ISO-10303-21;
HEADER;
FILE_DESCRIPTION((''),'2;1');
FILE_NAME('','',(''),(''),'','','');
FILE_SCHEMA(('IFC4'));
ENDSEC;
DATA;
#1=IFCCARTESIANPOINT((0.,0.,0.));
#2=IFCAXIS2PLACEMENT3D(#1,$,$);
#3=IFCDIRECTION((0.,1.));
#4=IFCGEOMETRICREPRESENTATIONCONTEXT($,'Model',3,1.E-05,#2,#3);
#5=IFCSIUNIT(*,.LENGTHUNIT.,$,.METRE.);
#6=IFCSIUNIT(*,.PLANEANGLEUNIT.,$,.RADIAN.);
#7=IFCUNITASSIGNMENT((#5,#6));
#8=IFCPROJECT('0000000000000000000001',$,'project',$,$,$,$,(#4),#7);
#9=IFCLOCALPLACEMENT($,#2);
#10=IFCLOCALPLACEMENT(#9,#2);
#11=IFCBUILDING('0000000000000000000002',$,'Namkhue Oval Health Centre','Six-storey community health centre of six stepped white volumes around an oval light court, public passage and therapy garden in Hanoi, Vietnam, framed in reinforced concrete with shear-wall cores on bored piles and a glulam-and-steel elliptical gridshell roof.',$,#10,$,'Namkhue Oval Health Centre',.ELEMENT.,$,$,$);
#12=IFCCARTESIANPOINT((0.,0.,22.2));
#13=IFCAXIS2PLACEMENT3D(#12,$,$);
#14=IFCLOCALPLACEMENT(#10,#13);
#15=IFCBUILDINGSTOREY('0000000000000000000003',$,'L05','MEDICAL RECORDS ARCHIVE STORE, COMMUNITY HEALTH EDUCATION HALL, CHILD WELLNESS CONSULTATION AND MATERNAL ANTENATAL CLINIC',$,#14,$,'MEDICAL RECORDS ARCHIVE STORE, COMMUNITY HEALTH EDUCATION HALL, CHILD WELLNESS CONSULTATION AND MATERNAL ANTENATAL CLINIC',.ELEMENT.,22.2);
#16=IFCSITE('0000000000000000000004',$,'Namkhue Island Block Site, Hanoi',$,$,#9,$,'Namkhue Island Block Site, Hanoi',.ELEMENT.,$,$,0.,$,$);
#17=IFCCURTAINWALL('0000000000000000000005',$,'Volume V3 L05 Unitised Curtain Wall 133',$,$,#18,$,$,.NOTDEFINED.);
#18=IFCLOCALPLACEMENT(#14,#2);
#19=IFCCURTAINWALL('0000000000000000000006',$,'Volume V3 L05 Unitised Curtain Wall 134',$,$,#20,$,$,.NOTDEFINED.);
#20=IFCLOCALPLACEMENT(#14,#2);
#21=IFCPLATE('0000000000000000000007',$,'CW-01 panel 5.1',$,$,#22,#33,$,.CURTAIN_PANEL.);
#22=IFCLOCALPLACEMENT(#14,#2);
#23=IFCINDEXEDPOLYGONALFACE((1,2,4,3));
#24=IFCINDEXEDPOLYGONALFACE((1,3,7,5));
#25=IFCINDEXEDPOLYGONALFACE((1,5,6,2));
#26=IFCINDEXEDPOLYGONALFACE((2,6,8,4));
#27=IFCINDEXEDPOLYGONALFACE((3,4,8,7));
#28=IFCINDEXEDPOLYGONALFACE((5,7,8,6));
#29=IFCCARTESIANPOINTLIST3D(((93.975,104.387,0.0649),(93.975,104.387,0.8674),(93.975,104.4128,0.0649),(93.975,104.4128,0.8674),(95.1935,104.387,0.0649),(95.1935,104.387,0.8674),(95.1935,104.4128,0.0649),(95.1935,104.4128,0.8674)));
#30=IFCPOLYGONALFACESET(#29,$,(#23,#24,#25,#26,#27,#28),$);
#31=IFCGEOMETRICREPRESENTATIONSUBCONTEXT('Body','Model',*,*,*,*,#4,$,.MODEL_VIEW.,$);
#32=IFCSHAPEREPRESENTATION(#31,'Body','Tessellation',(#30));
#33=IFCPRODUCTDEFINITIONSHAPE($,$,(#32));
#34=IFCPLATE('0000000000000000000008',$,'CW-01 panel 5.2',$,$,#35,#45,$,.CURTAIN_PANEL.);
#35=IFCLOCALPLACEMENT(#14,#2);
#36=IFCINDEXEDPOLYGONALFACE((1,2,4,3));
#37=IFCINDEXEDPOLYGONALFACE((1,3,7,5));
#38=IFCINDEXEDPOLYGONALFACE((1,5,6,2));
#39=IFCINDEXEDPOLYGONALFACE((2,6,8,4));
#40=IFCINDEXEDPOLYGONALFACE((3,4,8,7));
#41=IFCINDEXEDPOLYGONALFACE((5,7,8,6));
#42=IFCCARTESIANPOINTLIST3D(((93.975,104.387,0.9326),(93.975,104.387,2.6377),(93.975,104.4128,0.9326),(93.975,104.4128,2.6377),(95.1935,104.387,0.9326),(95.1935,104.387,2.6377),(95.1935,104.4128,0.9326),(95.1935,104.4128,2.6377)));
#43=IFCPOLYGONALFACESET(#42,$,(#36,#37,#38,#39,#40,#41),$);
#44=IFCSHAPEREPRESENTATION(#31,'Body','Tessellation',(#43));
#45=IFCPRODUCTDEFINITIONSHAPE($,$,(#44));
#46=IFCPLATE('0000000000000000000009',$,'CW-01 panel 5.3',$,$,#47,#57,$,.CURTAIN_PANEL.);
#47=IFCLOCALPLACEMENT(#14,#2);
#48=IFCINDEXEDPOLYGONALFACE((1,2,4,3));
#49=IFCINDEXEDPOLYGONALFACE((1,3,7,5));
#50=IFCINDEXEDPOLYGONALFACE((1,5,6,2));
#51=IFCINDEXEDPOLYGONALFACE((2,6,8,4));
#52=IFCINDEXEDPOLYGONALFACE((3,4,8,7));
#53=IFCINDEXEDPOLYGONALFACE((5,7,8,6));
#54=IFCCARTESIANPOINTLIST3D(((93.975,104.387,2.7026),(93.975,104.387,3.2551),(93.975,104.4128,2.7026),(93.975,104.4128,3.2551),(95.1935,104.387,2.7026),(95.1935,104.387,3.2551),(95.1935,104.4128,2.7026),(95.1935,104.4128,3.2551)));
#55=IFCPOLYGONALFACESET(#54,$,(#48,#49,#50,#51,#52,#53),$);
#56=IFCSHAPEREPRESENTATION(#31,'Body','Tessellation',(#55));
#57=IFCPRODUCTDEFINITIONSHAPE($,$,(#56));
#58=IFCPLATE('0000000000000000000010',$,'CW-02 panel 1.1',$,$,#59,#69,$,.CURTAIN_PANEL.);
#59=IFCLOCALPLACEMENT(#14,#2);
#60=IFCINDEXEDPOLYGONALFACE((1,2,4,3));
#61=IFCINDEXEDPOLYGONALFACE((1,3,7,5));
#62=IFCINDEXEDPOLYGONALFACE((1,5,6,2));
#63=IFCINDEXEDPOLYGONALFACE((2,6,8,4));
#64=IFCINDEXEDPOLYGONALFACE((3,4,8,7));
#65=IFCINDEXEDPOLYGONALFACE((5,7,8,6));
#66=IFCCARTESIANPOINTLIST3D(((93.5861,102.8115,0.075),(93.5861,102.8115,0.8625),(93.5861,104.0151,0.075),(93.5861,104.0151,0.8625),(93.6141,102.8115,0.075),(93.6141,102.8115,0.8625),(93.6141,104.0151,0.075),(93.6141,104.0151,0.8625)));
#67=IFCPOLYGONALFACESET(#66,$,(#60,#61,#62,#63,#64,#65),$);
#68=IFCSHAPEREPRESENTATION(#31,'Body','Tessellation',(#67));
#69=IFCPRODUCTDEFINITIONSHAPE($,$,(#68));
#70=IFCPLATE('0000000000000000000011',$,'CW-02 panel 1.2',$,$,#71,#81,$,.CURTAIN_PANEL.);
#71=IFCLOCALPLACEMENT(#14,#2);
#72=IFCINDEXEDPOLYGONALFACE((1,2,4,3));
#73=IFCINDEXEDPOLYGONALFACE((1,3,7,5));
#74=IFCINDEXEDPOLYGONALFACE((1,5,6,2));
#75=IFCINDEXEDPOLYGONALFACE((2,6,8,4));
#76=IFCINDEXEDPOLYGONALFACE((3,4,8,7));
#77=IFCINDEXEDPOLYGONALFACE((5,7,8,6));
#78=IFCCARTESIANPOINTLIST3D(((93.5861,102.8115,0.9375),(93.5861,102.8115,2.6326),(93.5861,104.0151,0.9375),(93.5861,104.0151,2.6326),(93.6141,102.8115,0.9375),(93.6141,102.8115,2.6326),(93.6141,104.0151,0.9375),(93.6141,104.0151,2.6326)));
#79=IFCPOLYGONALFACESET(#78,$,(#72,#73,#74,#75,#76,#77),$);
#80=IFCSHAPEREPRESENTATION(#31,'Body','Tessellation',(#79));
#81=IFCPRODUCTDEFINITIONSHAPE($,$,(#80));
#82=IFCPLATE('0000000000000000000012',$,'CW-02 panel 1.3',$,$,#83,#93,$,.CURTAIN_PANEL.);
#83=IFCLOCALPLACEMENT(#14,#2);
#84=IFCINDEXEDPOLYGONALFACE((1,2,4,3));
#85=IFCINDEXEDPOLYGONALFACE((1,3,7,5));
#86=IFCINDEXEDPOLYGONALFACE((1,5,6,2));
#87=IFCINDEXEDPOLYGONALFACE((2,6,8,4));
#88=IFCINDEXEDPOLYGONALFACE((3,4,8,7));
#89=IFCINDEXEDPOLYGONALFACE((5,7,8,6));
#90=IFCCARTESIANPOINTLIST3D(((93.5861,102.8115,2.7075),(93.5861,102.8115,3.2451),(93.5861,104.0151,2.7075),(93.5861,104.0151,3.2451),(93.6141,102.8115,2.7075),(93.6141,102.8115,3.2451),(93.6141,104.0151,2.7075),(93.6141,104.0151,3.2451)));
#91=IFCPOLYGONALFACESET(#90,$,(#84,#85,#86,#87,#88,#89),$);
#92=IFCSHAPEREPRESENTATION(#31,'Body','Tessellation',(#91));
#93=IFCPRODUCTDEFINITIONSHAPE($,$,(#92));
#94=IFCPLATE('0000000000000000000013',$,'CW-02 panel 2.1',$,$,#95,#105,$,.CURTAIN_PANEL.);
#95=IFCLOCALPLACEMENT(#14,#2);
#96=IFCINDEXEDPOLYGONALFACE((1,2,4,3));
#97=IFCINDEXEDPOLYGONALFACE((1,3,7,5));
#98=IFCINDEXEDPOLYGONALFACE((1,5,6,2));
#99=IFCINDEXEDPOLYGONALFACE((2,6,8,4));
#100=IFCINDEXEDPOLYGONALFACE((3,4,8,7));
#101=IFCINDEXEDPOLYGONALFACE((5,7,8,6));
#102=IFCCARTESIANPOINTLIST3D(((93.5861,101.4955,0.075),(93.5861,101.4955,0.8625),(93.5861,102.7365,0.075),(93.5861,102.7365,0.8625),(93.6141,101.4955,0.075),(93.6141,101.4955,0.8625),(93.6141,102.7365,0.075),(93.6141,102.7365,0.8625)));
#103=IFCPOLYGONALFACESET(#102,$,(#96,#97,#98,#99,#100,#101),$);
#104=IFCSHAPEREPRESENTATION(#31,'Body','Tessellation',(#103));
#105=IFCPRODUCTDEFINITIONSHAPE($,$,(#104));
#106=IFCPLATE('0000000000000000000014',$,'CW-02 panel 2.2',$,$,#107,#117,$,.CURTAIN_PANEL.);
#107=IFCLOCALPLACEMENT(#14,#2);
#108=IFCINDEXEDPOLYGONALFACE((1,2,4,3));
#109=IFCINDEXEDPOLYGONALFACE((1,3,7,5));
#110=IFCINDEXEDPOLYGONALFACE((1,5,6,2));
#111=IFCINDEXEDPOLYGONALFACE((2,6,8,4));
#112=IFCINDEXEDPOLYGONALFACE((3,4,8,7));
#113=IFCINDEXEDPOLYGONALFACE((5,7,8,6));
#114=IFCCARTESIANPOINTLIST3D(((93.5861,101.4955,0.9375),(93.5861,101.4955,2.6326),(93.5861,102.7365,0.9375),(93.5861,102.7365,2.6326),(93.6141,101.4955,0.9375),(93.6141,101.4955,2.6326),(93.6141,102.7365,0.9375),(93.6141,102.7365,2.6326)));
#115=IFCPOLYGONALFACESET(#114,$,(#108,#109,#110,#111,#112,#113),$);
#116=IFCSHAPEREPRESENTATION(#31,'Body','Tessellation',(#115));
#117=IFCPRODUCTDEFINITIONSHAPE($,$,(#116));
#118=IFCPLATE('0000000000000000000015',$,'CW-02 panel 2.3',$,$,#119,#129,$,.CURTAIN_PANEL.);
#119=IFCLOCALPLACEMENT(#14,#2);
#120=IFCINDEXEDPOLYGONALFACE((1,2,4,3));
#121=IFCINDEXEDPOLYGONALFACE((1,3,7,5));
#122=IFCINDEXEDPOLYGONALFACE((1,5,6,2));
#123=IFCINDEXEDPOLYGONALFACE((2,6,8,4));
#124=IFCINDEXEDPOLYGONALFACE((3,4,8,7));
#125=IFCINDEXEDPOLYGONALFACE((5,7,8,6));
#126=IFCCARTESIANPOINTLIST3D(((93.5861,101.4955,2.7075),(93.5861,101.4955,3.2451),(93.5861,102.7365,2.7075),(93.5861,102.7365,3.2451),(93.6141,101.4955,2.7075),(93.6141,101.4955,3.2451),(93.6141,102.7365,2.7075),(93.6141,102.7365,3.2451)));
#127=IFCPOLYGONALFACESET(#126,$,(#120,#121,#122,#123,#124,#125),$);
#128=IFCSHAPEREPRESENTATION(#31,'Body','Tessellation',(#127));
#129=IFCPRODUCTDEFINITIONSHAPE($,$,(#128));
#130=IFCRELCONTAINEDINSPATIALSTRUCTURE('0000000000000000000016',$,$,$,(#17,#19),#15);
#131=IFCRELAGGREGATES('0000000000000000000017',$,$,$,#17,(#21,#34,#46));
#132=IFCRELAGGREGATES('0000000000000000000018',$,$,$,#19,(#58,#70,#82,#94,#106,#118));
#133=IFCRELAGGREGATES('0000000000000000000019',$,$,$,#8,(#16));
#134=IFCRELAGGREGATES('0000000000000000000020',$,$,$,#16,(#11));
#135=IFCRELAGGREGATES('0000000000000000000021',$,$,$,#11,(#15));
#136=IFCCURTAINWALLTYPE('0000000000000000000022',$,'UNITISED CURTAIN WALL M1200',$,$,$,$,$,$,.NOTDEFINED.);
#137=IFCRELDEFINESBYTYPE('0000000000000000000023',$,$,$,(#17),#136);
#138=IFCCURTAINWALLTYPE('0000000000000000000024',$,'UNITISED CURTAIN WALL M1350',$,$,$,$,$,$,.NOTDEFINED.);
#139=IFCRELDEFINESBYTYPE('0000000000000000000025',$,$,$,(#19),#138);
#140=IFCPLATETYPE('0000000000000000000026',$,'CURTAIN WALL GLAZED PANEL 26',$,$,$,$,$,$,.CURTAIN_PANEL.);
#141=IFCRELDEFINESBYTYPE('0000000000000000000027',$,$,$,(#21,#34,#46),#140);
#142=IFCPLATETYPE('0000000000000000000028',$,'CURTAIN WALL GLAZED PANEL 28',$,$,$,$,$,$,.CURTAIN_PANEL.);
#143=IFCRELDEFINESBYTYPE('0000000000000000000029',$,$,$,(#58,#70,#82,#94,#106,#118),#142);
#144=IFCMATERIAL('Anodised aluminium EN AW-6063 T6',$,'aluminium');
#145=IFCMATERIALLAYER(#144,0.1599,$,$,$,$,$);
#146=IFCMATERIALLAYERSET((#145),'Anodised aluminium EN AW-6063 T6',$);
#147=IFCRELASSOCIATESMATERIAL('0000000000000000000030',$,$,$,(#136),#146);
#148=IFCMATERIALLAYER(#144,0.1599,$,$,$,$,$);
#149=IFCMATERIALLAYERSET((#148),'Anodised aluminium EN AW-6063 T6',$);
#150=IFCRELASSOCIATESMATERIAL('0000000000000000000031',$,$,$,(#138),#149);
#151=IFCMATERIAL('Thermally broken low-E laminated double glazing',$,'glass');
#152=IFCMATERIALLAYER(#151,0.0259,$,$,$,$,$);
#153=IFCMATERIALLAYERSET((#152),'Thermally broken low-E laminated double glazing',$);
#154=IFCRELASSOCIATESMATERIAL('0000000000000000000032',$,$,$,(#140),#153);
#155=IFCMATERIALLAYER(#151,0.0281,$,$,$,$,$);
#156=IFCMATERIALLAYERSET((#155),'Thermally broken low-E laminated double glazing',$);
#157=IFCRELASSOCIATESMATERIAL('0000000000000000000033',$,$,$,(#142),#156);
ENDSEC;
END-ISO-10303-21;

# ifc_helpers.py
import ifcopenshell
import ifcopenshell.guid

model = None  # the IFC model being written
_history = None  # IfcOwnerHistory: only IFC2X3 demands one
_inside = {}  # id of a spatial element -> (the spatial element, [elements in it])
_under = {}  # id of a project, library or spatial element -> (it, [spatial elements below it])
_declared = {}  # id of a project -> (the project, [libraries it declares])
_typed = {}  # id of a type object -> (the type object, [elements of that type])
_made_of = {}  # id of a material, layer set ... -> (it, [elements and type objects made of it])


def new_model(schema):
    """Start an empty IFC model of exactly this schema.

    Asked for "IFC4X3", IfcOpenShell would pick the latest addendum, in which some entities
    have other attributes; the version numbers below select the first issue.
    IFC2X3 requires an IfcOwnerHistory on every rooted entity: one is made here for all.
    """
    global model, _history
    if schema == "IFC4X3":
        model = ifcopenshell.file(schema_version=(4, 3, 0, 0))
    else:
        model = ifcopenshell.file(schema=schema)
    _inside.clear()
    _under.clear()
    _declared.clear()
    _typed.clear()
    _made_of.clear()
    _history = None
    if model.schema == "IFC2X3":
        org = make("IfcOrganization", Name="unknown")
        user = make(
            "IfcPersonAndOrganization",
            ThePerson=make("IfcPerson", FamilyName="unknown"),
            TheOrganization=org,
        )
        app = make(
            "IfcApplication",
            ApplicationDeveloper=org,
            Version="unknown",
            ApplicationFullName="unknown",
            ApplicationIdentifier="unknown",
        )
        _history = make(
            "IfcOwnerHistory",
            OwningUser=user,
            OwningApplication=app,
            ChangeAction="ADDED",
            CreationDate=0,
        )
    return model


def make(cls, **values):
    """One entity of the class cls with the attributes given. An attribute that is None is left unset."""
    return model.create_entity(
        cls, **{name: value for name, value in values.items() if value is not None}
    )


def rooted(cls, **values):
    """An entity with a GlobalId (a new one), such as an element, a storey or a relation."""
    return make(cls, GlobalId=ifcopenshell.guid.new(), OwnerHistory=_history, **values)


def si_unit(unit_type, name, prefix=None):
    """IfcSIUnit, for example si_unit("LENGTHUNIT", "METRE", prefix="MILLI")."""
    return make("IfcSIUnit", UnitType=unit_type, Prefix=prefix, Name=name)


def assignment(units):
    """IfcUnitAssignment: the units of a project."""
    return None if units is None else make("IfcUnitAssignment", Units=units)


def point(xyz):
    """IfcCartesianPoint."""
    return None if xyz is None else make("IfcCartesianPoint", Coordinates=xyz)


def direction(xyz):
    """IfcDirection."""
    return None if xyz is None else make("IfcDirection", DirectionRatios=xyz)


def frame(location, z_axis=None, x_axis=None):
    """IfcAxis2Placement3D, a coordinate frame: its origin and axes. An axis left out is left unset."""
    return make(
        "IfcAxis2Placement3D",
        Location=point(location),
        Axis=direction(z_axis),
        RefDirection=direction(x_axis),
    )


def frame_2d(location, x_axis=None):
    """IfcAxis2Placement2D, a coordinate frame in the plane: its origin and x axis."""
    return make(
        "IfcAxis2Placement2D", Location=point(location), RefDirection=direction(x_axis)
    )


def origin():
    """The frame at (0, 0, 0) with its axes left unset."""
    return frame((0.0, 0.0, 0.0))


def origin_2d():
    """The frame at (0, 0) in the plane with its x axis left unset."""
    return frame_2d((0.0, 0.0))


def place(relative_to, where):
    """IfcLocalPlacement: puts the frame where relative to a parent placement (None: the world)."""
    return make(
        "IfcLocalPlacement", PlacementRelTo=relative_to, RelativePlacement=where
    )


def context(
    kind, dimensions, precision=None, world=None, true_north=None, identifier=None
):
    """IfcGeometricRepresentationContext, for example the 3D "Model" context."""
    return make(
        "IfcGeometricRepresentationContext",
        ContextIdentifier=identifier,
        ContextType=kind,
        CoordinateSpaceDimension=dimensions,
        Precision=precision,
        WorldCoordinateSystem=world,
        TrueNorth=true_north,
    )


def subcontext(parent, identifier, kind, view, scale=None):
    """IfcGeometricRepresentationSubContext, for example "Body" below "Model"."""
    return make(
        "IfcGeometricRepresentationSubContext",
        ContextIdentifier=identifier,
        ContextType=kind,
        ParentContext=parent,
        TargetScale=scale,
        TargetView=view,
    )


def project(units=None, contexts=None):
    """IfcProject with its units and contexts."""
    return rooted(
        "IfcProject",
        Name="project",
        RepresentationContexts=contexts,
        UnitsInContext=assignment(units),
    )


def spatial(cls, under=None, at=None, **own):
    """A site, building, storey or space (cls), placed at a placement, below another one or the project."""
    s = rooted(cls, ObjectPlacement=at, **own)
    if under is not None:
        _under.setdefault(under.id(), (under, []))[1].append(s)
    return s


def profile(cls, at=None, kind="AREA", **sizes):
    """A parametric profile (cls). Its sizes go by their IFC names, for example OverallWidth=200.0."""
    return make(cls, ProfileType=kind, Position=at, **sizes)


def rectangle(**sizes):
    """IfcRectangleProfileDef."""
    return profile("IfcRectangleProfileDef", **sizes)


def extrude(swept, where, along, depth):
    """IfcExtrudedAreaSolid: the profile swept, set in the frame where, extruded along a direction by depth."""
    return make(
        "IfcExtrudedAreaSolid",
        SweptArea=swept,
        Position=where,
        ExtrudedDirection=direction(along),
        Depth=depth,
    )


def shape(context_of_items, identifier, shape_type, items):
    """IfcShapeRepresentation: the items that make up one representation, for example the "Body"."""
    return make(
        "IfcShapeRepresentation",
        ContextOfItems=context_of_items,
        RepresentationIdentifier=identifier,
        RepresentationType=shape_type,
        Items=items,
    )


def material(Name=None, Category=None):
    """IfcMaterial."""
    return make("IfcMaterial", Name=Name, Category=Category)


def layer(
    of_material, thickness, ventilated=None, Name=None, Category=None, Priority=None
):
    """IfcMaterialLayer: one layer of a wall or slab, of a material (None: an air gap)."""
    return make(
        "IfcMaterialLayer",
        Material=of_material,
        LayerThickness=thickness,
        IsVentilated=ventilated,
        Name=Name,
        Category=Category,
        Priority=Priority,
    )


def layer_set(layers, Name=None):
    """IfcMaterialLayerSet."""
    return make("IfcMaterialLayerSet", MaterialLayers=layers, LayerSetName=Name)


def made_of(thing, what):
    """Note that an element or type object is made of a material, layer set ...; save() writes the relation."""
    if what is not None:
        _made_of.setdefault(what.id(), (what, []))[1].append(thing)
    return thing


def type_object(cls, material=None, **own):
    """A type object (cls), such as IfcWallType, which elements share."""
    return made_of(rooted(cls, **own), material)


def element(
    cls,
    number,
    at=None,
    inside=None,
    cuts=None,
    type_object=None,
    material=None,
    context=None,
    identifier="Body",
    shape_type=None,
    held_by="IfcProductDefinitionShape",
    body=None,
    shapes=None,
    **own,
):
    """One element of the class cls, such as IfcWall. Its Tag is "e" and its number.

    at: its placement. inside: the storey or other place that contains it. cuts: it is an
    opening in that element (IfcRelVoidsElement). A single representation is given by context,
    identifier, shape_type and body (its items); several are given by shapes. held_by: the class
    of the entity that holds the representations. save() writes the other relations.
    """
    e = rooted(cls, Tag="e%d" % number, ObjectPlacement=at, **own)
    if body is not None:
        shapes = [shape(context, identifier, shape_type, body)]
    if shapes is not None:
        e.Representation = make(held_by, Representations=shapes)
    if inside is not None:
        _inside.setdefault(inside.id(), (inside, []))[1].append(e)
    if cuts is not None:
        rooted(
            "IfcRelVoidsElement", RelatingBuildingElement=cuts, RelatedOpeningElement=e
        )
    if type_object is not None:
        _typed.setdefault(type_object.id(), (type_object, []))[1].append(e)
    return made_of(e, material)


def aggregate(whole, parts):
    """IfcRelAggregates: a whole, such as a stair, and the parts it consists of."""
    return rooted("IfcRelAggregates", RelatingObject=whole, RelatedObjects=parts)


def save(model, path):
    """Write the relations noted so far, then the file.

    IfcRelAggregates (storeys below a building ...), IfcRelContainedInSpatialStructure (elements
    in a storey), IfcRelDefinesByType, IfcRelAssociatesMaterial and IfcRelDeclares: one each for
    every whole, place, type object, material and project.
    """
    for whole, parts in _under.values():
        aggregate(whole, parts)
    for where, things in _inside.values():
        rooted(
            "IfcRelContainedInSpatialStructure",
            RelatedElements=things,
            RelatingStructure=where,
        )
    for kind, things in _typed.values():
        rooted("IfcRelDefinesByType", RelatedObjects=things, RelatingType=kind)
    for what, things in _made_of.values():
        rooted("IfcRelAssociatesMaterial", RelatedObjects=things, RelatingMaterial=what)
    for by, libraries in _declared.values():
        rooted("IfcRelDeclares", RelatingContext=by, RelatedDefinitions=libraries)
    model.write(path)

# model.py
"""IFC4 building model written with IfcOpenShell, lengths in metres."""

from ifc_helpers import new_model, si_unit, direction, frame, origin, origin_2d, place, context, subcontext, project, spatial, rectangle, extrude, material, layer, layer_set, type_object, element, aggregate, save


model = new_model("IFC4")

# Units and contexts
model_context = context("Model", 3, precision=1e-05, world=origin(), true_north=direction((0.0, 1.0)))
body_context = subcontext(model_context, "Body", "Model", "MODEL_VIEW")
ifc_project = project(units=[si_unit("LENGTHUNIT", "METRE"), si_unit("PLANEANGLEUNIT", "RADIAN")], contexts=[model_context])

# Site, building, storey
site_placement = place(None, origin())
site = spatial("IfcSite", under=ifc_project, at=site_placement, Name="Namkhue Island Block Site, Hanoi", LongName="Namkhue Island Block Site, Hanoi", CompositionType="ELEMENT", RefElevation=0.0)
building_placement = place(site_placement, origin())
building = spatial("IfcBuilding", under=site, at=building_placement, Name="Namkhue Oval Health Centre", Description="Six-storey community health centre of six stepped white volumes around an oval light court, public passage and therapy garden in Hanoi, Vietnam, framed in reinforced concrete with shear-wall cores on bored piles and a glulam-and-steel elliptical gridshell roof.", LongName="Namkhue Oval Health Centre", CompositionType="ELEMENT")
storey_placement = place(building_placement, frame((0.0, 0.0, 22.2)))
storey = spatial("IfcBuildingStorey", under=building, at=storey_placement, Name="L05", Description="MEDICAL RECORDS ARCHIVE STORE, COMMUNITY HEALTH EDUCATION HALL, CHILD WELLNESS CONSULTATION AND MATERNAL ANTENATAL CLINIC", LongName="MEDICAL RECORDS ARCHIVE STORE, COMMUNITY HEALTH EDUCATION HALL, CHILD WELLNESS CONSULTATION AND MATERNAL ANTENATAL CLINIC", CompositionType="ELEMENT", Elevation=22.2)

# Curtain walls
ifc_material_1 = material(Name="Anodised aluminium EN AW-6063 T6", Category="aluminium")
ifc_layer_1 = layer(ifc_material_1, 0.1599)
ifc_layer_set_1 = layer_set([ifc_layer_1], Name="Anodised aluminium EN AW-6063 T6")
curtain_wall_type_1 = type_object("IfcCurtainWallType", Name="UNITISED CURTAIN WALL M1200", PredefinedType="NOTDEFINED", material=ifc_layer_set_1)
curtain_wall_1_placement = place(storey_placement, origin())
curtain_wall_1 = element("IfcCurtainWall", 1, at=curtain_wall_1_placement, inside=storey, type_object=curtain_wall_type_1, Name="Volume V3 L05 Unitised Curtain Wall 133", PredefinedType="NOTDEFINED")
ifc_layer_2 = layer(ifc_material_1, 0.1599)
ifc_layer_set_2 = layer_set([ifc_layer_2], Name="Anodised aluminium EN AW-6063 T6")
curtain_wall_type_2 = type_object("IfcCurtainWallType", Name="UNITISED CURTAIN WALL M1350", PredefinedType="NOTDEFINED", material=ifc_layer_set_2)
curtain_wall_2_placement = place(storey_placement, origin())
curtain_wall_2 = element("IfcCurtainWall", 2, at=curtain_wall_2_placement, inside=storey, type_object=curtain_wall_type_2, Name="Volume V3 L05 Unitised Curtain Wall 134", PredefinedType="NOTDEFINED")

# Plates
ifc_material_2 = material(Name="Thermally broken low-E laminated double glazing", Category="glass")
ifc_layer_3 = layer(ifc_material_2, 0.0259)
ifc_layer_set_3 = layer_set([ifc_layer_3], Name="Thermally broken low-E laminated double glazing")
plate_type_1 = type_object("IfcPlateType", Name="CURTAIN WALL GLAZED PANEL 26", PredefinedType="CURTAIN_PANEL", material=ifc_layer_set_3)
plate_1_placement = place(storey_placement, frame((94.5842, 104.3999, 0.0649), z_axis=(0.0, 0.0, 1.0), x_axis=(-1.0, 0.0, 0.0)))
plate_1 = element("IfcPlate", 3, at=plate_1_placement, type_object=plate_type_1, Name="CW-01 panel 5.1", PredefinedType="CURTAIN_PANEL", context=body_context, shape_type="SweptSolid", body=[
    extrude(rectangle(XDim=1.2185, YDim=0.0259, at=origin_2d()), origin(), (0.0, 0.0, 1.0), 0.8025),
])
plate_2_placement = place(storey_placement, frame((94.5842, 104.3999, 0.9326), z_axis=(0.0, 0.0, 1.0), x_axis=(-1.0, 0.0, 0.0)))
plate_2 = element("IfcPlate", 4, at=plate_2_placement, type_object=plate_type_1, Name="CW-01 panel 5.2", PredefinedType="CURTAIN_PANEL", context=body_context, shape_type="SweptSolid", body=[
    extrude(rectangle(XDim=1.2185, YDim=0.0259, at=origin_2d()), origin(), (0.0, 0.0, 1.0), 1.7051),
])
plate_3_placement = place(storey_placement, frame((94.5842, 104.3999, 2.7026), z_axis=(0.0, 0.0, 1.0), x_axis=(-1.0, 0.0, 0.0)))
plate_3 = element("IfcPlate", 5, at=plate_3_placement, type_object=plate_type_1, Name="CW-01 panel 5.3", PredefinedType="CURTAIN_PANEL", context=body_context, shape_type="SweptSolid", body=[
    extrude(rectangle(XDim=1.2185, YDim=0.0259, at=origin_2d()), origin(), (0.0, 0.0, 1.0), 0.5525),
])
aggregate(curtain_wall_1, [plate_1, plate_2, plate_3])
ifc_layer_4 = layer(ifc_material_2, 0.0281)
ifc_layer_set_4 = layer_set([ifc_layer_4], Name="Thermally broken low-E laminated double glazing")
plate_type_2 = type_object("IfcPlateType", Name="CURTAIN WALL GLAZED PANEL 28", PredefinedType="CURTAIN_PANEL", material=ifc_layer_set_4)
plate_4_placement = place(storey_placement, frame((93.6001, 103.4133, 0.075), z_axis=(0.0, 0.0, 1.0), x_axis=(0.0, -1.0, 0.0)))
plate_4 = element("IfcPlate", 6, at=plate_4_placement, type_object=plate_type_2, Name="CW-02 panel 1.1", PredefinedType="CURTAIN_PANEL", context=body_context, shape_type="SweptSolid", body=[
    extrude(rectangle(XDim=1.2036, YDim=0.0281, at=origin_2d()), origin(), (0.0, 0.0, 1.0), 0.7876),
])
plate_5_placement = place(storey_placement, frame((93.6001, 103.4133, 0.9375), z_axis=(0.0, 0.0, 1.0), x_axis=(0.0, -1.0, 0.0)))
plate_5 = element("IfcPlate", 7, at=plate_5_placement, type_object=plate_type_2, Name="CW-02 panel 1.2", PredefinedType="CURTAIN_PANEL", context=body_context, shape_type="SweptSolid", body=[
    extrude(rectangle(XDim=1.2036, YDim=0.0281, at=origin_2d()), origin(), (0.0, 0.0, 1.0), 1.6951),
])
plate_6_placement = place(storey_placement, frame((93.6001, 103.4133, 2.7075), z_axis=(0.0, 0.0, 1.0), x_axis=(0.0, -1.0, 0.0)))
plate_6 = element("IfcPlate", 8, at=plate_6_placement, type_object=plate_type_2, Name="CW-02 panel 1.3", PredefinedType="CURTAIN_PANEL", context=body_context, shape_type="SweptSolid", body=[
    extrude(rectangle(XDim=1.2036, YDim=0.0281, at=origin_2d()), origin(), (0.0, 0.0, 1.0), 0.5376),
])
plate_7_placement = place(storey_placement, frame((93.6001, 102.116, 0.075), z_axis=(0.0, 0.0, 1.0), x_axis=(0.0, -1.0, 0.0)))
plate_7 = element("IfcPlate", 9, at=plate_7_placement, type_object=plate_type_2, Name="CW-02 panel 2.1", PredefinedType="CURTAIN_PANEL", context=body_context, shape_type="SweptSolid", body=[
    extrude(rectangle(XDim=1.241, YDim=0.0281, at=origin_2d()), origin(), (0.0, 0.0, 1.0), 0.7876),
])
plate_8_placement = place(storey_placement, frame((93.6001, 102.116, 0.9375), z_axis=(0.0, 0.0, 1.0), x_axis=(0.0, -1.0, 0.0)))
plate_8 = element("IfcPlate", 10, at=plate_8_placement, type_object=plate_type_2, Name="CW-02 panel 2.2", PredefinedType="CURTAIN_PANEL", context=body_context, shape_type="SweptSolid", body=[
    extrude(rectangle(XDim=1.241, YDim=0.0281, at=origin_2d()), origin(), (0.0, 0.0, 1.0), 1.6951),
])
plate_9_placement = place(storey_placement, frame((93.6001, 102.116, 2.7075), z_axis=(0.0, 0.0, 1.0), x_axis=(0.0, -1.0, 0.0)))
plate_9 = element("IfcPlate", 11, at=plate_9_placement, type_object=plate_type_2, Name="CW-02 panel 2.3", PredefinedType="CURTAIN_PANEL", context=body_context, shape_type="SweptSolid", body=[
    extrude(rectangle(XDim=1.241, YDim=0.0281, at=origin_2d()), origin(), (0.0, 0.0, 1.0), 0.5376),
])
aggregate(curtain_wall_2, [plate_4, plate_5, plate_6, plate_7, plate_8, plate_9])

save(model, "model.ifc")
